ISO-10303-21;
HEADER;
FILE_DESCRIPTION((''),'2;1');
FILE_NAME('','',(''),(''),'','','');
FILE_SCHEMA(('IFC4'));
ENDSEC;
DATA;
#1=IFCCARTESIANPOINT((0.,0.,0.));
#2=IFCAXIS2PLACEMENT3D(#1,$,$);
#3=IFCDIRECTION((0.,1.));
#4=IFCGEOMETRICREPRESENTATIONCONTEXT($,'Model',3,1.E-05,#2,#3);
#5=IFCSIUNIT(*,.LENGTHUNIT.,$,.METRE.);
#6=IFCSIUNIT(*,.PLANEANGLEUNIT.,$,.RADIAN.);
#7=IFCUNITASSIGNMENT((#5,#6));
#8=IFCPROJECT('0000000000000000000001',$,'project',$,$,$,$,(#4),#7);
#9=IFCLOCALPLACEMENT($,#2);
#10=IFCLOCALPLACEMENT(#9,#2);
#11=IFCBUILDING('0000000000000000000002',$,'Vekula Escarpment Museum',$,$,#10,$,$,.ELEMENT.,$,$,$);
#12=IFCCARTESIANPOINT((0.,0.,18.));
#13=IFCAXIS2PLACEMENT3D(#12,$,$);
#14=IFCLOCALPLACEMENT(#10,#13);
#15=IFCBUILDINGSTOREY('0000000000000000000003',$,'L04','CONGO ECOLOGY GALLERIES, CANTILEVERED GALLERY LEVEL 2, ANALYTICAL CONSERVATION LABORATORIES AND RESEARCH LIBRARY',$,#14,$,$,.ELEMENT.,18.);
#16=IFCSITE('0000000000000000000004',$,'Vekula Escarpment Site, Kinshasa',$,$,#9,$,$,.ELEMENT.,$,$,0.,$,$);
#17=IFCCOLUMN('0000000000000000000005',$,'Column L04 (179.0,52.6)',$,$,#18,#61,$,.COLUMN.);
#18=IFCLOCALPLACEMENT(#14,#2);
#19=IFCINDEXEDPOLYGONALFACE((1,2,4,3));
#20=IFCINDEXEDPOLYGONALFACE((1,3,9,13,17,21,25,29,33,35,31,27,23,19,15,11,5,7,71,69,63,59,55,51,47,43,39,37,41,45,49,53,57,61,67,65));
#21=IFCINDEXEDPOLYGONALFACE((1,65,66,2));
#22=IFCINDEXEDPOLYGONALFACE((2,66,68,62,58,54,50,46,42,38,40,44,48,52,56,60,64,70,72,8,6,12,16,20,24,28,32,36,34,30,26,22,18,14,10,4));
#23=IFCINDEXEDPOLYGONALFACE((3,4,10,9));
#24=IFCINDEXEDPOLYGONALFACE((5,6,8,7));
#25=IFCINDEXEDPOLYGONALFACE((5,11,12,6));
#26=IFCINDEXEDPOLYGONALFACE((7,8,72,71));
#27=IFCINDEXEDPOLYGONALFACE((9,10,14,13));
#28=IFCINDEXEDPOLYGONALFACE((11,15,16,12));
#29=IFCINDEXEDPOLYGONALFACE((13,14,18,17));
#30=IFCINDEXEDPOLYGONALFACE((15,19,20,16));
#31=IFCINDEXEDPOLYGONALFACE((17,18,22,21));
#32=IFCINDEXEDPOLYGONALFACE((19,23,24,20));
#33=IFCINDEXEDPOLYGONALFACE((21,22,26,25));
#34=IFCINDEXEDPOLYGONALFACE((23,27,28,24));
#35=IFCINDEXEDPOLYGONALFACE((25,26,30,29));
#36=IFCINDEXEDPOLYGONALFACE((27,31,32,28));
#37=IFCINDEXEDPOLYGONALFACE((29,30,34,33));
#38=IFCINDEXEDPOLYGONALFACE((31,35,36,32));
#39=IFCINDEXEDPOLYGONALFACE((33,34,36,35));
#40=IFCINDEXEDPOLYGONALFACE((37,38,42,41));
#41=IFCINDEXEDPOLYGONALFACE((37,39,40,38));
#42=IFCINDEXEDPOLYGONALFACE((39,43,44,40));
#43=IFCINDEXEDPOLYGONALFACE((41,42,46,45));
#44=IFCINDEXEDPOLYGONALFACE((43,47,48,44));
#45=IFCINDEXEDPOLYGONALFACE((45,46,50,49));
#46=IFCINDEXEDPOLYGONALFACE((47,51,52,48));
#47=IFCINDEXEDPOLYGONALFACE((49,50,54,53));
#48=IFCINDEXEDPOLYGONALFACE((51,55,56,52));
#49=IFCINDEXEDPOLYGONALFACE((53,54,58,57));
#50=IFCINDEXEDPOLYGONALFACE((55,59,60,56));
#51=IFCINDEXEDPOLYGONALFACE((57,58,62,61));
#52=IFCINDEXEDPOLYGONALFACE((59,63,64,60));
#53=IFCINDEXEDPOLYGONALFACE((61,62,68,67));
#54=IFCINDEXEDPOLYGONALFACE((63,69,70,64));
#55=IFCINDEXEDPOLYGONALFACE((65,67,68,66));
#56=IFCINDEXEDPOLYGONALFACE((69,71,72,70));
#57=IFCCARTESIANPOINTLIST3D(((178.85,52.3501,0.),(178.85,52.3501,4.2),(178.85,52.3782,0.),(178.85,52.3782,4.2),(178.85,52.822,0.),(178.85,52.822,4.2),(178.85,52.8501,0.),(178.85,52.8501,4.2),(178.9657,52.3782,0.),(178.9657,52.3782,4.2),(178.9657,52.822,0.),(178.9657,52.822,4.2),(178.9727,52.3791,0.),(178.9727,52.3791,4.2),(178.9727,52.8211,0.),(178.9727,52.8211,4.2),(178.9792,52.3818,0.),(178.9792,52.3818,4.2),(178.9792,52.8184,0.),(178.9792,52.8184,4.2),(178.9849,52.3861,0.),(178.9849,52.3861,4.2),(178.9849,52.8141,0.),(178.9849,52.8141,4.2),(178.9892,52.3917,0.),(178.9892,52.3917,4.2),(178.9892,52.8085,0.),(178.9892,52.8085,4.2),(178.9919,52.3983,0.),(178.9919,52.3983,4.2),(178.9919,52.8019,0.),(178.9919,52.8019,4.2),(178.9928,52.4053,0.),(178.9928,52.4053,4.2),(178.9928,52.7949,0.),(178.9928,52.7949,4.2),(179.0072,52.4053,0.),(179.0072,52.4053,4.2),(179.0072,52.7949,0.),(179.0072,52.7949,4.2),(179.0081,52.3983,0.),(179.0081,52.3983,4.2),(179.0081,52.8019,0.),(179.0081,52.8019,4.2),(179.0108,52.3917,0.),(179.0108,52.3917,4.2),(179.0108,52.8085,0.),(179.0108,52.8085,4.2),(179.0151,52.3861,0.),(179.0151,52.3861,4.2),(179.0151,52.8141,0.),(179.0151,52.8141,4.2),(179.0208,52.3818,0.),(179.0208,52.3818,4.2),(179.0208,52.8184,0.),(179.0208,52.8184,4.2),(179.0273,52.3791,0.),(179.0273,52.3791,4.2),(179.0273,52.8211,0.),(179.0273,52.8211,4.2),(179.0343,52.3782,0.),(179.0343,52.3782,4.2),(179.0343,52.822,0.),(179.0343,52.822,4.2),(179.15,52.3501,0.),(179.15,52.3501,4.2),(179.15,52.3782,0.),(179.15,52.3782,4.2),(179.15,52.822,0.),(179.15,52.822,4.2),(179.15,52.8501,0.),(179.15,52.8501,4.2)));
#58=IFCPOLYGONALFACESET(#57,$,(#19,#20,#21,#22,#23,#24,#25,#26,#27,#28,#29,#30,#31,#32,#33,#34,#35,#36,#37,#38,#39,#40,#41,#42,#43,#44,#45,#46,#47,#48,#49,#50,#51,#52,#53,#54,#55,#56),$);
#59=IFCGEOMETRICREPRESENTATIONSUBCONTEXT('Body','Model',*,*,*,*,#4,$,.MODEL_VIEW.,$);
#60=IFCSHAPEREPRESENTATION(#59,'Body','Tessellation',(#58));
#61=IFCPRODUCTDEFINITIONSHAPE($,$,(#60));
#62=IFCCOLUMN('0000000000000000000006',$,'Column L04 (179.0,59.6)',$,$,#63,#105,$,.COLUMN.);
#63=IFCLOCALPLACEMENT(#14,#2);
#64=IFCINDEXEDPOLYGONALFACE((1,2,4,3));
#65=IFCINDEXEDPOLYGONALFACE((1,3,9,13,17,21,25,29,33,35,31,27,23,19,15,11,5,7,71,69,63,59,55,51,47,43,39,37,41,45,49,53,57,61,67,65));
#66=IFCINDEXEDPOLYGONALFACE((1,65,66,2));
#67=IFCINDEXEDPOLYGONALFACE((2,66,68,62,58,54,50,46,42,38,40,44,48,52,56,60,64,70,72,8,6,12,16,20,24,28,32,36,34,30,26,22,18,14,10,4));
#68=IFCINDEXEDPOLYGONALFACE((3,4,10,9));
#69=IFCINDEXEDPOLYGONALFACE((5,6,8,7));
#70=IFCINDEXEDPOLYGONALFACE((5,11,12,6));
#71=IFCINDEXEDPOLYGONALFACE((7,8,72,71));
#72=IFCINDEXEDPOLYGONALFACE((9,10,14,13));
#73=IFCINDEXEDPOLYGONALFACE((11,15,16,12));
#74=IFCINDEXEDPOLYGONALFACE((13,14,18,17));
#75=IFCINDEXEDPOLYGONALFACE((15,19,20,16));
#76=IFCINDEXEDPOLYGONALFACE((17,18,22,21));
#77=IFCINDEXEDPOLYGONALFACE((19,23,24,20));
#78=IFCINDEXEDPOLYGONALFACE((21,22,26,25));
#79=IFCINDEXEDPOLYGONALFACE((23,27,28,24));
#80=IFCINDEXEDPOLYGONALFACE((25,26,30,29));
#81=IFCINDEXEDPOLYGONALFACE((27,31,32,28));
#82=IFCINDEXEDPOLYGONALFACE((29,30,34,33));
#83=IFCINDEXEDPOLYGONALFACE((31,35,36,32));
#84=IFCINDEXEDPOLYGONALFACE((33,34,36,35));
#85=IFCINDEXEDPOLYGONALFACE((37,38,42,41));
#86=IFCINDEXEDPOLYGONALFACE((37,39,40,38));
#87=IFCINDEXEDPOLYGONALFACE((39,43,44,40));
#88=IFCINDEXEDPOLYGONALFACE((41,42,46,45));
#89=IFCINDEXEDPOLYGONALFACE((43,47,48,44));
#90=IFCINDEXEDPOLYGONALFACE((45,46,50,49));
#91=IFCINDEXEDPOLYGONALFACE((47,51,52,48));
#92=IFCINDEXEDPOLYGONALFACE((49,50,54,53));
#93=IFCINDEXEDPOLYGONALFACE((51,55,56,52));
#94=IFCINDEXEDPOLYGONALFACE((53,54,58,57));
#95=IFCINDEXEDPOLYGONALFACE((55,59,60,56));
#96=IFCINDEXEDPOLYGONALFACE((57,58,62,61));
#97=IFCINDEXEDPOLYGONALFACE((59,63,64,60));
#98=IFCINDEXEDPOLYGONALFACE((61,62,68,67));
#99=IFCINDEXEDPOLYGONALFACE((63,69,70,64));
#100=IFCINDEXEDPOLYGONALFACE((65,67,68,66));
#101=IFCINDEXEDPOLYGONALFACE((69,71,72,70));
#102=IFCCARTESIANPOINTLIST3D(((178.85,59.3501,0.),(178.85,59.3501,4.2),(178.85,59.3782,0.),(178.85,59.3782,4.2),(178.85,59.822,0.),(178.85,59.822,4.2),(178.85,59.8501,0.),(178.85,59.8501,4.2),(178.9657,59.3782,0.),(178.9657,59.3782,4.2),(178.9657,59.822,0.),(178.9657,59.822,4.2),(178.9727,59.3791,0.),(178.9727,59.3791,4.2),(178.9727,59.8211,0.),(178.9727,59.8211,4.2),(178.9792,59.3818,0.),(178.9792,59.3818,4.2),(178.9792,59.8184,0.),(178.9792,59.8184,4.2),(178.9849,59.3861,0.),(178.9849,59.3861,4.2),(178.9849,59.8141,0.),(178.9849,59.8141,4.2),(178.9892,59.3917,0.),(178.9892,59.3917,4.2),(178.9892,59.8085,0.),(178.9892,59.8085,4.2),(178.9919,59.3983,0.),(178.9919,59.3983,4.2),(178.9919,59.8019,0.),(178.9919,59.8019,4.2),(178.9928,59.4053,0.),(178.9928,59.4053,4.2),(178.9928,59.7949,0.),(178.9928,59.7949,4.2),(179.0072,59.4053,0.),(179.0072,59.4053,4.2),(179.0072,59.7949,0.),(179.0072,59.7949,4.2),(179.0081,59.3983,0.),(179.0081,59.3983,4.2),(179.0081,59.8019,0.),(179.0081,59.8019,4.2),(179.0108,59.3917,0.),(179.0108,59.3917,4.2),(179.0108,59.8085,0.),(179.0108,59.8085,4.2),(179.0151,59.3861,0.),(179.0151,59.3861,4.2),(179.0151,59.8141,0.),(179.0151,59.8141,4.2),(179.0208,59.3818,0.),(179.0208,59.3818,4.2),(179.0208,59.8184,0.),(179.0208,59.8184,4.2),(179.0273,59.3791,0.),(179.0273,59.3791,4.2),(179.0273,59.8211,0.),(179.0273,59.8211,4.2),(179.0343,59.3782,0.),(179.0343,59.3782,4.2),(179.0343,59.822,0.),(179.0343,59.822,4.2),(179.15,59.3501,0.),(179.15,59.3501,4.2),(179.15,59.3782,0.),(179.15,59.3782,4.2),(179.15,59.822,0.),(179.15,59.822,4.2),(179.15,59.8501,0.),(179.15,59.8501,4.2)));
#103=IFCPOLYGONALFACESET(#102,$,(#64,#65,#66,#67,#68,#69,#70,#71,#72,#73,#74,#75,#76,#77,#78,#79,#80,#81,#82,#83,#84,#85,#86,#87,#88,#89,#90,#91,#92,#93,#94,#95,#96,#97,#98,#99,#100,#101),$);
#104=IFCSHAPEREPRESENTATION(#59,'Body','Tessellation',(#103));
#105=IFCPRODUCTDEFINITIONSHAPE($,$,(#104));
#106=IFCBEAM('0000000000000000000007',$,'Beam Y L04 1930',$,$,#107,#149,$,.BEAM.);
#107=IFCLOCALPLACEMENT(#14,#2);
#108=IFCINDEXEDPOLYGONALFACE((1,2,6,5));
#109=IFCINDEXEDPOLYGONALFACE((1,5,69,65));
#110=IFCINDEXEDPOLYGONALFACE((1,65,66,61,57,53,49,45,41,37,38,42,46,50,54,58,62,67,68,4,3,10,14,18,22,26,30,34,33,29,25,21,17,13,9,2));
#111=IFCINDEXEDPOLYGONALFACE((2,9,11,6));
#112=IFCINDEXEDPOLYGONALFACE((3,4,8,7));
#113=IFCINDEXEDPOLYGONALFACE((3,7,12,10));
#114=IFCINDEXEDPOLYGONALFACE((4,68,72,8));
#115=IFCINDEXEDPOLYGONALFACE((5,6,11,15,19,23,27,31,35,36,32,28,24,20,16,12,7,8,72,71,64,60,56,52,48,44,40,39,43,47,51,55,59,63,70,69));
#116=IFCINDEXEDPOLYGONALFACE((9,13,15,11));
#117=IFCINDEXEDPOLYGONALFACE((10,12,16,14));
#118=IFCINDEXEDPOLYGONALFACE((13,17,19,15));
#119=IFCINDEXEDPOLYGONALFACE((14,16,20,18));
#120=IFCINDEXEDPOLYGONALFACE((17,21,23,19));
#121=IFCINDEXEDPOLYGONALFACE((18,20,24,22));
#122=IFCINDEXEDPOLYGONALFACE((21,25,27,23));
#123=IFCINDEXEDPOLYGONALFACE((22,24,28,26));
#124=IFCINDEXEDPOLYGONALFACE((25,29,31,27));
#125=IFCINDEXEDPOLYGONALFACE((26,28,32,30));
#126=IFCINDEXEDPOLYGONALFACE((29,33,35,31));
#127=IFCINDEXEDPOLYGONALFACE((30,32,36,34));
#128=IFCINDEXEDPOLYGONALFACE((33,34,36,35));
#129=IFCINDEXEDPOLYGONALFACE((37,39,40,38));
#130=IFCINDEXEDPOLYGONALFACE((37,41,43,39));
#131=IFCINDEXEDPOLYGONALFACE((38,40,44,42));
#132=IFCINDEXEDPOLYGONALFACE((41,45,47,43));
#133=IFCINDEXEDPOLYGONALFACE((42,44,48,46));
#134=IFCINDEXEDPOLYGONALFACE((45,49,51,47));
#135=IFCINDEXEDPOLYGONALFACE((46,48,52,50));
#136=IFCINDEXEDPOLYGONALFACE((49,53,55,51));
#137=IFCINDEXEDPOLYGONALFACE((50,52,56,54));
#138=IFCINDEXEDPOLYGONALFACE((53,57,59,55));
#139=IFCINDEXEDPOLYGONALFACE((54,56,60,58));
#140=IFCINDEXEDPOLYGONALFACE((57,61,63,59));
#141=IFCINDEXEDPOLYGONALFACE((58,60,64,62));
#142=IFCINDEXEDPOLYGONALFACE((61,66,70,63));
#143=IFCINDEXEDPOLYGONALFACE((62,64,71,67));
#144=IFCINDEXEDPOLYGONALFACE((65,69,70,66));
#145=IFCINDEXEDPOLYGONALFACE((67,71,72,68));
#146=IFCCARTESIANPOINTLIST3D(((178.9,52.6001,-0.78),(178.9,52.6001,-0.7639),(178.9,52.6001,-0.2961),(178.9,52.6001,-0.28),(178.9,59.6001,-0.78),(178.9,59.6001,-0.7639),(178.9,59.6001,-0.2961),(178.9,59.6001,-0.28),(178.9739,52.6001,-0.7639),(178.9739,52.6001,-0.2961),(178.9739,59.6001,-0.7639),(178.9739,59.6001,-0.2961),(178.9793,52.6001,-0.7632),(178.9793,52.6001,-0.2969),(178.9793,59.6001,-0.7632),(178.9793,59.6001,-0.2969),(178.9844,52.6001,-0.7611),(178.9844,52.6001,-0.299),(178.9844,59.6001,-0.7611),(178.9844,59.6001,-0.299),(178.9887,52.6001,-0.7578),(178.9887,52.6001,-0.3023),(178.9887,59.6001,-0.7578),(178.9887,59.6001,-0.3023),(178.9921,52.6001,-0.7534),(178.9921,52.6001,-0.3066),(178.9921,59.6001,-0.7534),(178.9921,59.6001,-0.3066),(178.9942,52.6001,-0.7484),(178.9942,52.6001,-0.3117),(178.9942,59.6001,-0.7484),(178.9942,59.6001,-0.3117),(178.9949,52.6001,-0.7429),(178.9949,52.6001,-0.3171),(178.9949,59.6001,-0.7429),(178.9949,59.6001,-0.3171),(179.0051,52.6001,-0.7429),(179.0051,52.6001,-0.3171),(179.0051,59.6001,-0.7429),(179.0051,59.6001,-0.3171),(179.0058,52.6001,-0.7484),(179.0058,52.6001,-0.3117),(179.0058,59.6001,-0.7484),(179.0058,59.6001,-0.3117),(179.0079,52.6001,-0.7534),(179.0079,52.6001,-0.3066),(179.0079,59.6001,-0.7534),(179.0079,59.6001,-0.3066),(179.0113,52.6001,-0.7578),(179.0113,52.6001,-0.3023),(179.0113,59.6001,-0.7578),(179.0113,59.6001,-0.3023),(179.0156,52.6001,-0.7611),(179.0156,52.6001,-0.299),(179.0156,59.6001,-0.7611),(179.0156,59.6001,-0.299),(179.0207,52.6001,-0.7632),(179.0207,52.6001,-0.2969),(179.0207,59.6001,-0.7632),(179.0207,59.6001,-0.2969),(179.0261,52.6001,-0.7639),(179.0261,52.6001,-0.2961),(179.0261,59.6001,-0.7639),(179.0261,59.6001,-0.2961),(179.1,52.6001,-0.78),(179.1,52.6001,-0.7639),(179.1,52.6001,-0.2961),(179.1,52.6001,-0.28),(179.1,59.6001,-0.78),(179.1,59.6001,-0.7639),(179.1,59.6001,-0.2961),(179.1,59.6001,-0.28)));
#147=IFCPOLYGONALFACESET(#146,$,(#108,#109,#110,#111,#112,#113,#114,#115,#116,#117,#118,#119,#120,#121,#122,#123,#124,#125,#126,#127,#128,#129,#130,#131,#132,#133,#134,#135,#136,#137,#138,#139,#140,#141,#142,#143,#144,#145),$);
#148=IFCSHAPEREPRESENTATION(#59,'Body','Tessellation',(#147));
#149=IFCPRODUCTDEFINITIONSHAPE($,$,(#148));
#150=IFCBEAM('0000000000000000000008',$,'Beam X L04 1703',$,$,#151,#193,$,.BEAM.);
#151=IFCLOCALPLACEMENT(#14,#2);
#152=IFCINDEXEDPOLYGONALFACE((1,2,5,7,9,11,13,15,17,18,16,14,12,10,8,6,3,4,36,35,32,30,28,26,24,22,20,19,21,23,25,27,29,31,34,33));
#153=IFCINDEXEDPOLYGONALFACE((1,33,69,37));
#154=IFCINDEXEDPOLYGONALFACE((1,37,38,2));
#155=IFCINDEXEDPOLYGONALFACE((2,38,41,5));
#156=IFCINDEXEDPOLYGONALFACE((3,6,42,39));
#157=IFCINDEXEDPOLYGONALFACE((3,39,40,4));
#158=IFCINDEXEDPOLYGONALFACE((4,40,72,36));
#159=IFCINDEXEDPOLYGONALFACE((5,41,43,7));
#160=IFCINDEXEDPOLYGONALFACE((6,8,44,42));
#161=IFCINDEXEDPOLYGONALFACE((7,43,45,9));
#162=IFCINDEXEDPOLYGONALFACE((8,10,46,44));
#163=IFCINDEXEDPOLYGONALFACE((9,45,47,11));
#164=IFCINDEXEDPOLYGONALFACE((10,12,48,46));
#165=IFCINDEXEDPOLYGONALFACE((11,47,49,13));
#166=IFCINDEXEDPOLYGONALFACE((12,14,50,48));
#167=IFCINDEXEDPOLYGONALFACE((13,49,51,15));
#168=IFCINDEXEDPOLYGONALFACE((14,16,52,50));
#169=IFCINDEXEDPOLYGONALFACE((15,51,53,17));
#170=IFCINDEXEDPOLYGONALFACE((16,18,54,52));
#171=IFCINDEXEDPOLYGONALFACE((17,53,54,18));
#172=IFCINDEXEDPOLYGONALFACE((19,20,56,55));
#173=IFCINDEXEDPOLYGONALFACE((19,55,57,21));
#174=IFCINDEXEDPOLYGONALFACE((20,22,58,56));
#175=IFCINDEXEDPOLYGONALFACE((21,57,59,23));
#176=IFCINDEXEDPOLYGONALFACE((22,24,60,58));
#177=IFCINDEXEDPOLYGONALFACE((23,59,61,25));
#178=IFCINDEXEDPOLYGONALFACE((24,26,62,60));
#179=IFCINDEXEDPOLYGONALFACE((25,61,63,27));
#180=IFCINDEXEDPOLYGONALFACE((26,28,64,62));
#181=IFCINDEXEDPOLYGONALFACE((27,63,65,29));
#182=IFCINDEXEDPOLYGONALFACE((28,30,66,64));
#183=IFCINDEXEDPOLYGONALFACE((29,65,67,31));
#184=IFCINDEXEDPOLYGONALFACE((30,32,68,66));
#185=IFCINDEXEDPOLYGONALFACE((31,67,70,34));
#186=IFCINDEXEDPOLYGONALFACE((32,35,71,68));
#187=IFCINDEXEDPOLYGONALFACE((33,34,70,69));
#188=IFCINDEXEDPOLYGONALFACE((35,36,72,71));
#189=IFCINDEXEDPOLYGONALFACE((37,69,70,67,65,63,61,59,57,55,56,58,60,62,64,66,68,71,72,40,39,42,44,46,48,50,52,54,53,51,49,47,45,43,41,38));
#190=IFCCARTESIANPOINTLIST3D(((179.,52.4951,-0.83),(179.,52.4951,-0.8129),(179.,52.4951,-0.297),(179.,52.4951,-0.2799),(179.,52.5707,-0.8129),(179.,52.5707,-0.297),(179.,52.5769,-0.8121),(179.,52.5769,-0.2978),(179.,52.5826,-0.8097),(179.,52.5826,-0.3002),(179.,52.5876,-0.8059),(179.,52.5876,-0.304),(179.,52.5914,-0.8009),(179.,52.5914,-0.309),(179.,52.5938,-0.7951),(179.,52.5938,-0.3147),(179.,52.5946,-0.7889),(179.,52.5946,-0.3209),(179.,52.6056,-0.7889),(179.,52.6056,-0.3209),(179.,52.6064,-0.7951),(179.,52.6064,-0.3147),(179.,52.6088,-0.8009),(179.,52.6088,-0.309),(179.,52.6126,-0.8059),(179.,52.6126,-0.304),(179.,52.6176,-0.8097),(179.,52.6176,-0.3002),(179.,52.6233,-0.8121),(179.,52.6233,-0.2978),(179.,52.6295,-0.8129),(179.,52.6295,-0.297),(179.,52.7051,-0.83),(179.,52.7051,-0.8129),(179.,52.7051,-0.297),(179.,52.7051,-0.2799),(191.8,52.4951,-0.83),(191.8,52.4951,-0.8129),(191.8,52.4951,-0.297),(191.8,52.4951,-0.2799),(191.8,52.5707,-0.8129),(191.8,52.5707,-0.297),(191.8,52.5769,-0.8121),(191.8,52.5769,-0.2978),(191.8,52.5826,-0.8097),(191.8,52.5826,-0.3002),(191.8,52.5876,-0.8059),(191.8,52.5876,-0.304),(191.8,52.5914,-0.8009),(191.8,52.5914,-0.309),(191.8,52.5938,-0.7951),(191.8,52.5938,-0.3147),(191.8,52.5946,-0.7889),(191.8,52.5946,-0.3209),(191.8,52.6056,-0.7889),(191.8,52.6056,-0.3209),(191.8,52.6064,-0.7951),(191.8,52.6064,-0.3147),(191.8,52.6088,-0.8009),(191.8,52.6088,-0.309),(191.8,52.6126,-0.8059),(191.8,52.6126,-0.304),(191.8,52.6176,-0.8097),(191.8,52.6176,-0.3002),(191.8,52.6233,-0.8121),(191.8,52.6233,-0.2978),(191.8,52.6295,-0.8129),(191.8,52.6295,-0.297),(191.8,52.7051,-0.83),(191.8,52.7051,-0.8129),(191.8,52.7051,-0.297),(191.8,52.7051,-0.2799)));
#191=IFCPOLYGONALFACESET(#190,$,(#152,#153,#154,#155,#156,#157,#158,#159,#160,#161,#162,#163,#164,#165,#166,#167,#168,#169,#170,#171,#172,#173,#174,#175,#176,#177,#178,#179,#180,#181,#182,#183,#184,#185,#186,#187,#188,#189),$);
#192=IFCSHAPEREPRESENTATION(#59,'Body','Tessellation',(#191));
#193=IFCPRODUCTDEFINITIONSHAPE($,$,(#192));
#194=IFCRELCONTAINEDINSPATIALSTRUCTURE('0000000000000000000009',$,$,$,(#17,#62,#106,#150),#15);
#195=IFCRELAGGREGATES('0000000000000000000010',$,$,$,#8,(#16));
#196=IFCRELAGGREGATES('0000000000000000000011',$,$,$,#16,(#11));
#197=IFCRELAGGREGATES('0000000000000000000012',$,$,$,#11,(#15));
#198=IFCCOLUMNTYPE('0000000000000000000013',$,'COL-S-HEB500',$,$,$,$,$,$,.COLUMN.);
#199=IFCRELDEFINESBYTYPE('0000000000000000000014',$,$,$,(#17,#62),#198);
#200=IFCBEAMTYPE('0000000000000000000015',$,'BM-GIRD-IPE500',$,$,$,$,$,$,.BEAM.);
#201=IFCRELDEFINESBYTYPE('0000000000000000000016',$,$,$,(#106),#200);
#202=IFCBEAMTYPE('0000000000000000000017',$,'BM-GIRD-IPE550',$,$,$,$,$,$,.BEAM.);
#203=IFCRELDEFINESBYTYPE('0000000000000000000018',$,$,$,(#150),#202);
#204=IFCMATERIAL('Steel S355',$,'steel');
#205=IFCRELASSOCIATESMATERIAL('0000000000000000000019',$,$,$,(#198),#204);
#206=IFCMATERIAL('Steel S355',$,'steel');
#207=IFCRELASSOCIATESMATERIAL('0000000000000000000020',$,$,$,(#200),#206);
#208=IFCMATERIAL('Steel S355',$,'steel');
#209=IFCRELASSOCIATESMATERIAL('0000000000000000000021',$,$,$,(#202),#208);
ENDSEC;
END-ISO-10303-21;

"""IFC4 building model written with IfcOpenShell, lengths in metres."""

from ifc_helpers import new_model, si_unit, direction, frame, origin, origin_2d, place, context, subcontext, project, spatial, i_section, extrude, material, material_profile, profile_set, type_object, element, save


model = new_model("IFC4")

# Units and contexts
model_context = context("Model", 3, precision=1e-05, world=origin(), true_north=direction((0.0, 1.0)))
body_context = subcontext(model_context, "Body", "Model", "MODEL_VIEW")
ifc_project = project(units=[si_unit("LENGTHUNIT", "METRE"), si_unit("PLANEANGLEUNIT", "RADIAN")], contexts=[model_context])

# Site, building, storey
site_placement = place(None, origin())
site = spatial("IfcSite", under=ifc_project, at=site_placement, Name="Vekula Escarpment Site, Kinshasa", CompositionType="ELEMENT", RefElevation=0.0)
building_placement = place(site_placement, origin())
building = spatial("IfcBuilding", under=site, at=building_placement, Name="Vekula Escarpment Museum", CompositionType="ELEMENT")
storey_placement = place(building_placement, frame((0.0, 0.0, 18.0)))
storey = spatial("IfcBuildingStorey", under=building, at=storey_placement, Name="L04", Description="CONGO ECOLOGY GALLERIES, CANTILEVERED GALLERY LEVEL 2, ANALYTICAL CONSERVATION LABORATORIES AND RESEARCH LIBRARY", CompositionType="ELEMENT", Elevation=18.0)

# Columns
ifc_material_1 = material(Name="Steel S355", Category="steel")
ifc_material_profile_1 = material_profile(ifc_material_1, i_section(OverallWidth=0.3, OverallDepth=0.5, WebThickness=0.0144, FlangeThickness=0.0281, FilletRadius=0.0271, at=origin_2d()), Name="HEB 500")
ifc_profile_set_1 = profile_set([ifc_material_profile_1], Name="Steel S355")
column_type = type_object("IfcColumnType", Name="COL-S-HEB500", PredefinedType="COLUMN", material=ifc_profile_set_1)
for number, where, z_axis, x_axis, name in (
    (1, (179.0, 52.6001, 0.0), (0.0, 0.0, 1.0), (1.0, 0.0, 0.0), "Column L04 (179.0,52.6)"),
    (2, (179.0, 59.6001, 0.0), (0.0, 0.0, 1.0), (1.0, 0.0, 0.0), "Column L04 (179.0,59.6)"),
):
    element("IfcColumn", number, at=place(storey_placement, frame(where, z_axis=z_axis, x_axis=x_axis)), inside=storey, type_object=column_type, Name=name, PredefinedType="COLUMN", context=body_context, shape_type="SweptSolid", body=[
        extrude(i_section(OverallWidth=0.3, OverallDepth=0.5, WebThickness=0.0144, FlangeThickness=0.0281, FilletRadius=0.0271, at=origin_2d()), origin(), (0.0, 0.0, 1.0), 4.2),
    ])

# Beams
ifc_material_2 = material(Name="Steel S355", Category="steel")
ifc_material_profile_2 = material_profile(ifc_material_2, i_section(OverallWidth=0.2, OverallDepth=0.5, WebThickness=0.0103, FlangeThickness=0.0161, FilletRadius=0.021, at=origin_2d()), Name="IPE 500")
ifc_profile_set_2 = profile_set([ifc_material_profile_2], Name="Steel S355")
beam_type_1 = type_object("IfcBeamType", Name="BM-GIRD-IPE500", PredefinedType="BEAM", material=ifc_profile_set_2)
beam_1_placement = place(storey_placement, frame((179.0, 52.6001, -0.53), z_axis=(0.0, 1.0, 0.0), x_axis=(-1.0, 0.0, 0.0)))
element("IfcBeam", 3, at=beam_1_placement, inside=storey, type_object=beam_type_1, Name="Beam Y L04 1930", PredefinedType="BEAM", context=body_context, shape_type="SweptSolid", body=[
    extrude(i_section(OverallWidth=0.2, OverallDepth=0.5, WebThickness=0.0103, FlangeThickness=0.0161, FilletRadius=0.021, at=origin_2d()), origin(), (0.0, 0.0, 1.0), 7.0),
])
ifc_material_3 = material(Name="Steel S355", Category="steel")
ifc_material_profile_3 = material_profile(ifc_material_3, i_section(OverallWidth=0.21, OverallDepth=0.55, WebThickness=0.011, FlangeThickness=0.0171, FilletRadius=0.0239, at=origin_2d()), Name="IPE 550")
ifc_profile_set_3 = profile_set([ifc_material_profile_3], Name="Steel S355")
beam_type_2 = type_object("IfcBeamType", Name="BM-GIRD-IPE550", PredefinedType="BEAM", material=ifc_profile_set_3)
beam_2_placement = place(storey_placement, frame((179.0, 52.6001, -0.5549), z_axis=(1.0, 0.0, 0.0), x_axis=(0.0, 1.0, 0.0)))
element("IfcBeam", 4, at=beam_2_placement, inside=storey, type_object=beam_type_2, Name="Beam X L04 1703", PredefinedType="BEAM", context=body_context, shape_type="SweptSolid", body=[
    extrude(i_section(OverallWidth=0.21, OverallDepth=0.55, WebThickness=0.011, FlangeThickness=0.0171, FilletRadius=0.0239, at=origin_2d()), origin(), (0.0, 0.0, 1.0), 12.8),
])

save(model, "model.ifc")
